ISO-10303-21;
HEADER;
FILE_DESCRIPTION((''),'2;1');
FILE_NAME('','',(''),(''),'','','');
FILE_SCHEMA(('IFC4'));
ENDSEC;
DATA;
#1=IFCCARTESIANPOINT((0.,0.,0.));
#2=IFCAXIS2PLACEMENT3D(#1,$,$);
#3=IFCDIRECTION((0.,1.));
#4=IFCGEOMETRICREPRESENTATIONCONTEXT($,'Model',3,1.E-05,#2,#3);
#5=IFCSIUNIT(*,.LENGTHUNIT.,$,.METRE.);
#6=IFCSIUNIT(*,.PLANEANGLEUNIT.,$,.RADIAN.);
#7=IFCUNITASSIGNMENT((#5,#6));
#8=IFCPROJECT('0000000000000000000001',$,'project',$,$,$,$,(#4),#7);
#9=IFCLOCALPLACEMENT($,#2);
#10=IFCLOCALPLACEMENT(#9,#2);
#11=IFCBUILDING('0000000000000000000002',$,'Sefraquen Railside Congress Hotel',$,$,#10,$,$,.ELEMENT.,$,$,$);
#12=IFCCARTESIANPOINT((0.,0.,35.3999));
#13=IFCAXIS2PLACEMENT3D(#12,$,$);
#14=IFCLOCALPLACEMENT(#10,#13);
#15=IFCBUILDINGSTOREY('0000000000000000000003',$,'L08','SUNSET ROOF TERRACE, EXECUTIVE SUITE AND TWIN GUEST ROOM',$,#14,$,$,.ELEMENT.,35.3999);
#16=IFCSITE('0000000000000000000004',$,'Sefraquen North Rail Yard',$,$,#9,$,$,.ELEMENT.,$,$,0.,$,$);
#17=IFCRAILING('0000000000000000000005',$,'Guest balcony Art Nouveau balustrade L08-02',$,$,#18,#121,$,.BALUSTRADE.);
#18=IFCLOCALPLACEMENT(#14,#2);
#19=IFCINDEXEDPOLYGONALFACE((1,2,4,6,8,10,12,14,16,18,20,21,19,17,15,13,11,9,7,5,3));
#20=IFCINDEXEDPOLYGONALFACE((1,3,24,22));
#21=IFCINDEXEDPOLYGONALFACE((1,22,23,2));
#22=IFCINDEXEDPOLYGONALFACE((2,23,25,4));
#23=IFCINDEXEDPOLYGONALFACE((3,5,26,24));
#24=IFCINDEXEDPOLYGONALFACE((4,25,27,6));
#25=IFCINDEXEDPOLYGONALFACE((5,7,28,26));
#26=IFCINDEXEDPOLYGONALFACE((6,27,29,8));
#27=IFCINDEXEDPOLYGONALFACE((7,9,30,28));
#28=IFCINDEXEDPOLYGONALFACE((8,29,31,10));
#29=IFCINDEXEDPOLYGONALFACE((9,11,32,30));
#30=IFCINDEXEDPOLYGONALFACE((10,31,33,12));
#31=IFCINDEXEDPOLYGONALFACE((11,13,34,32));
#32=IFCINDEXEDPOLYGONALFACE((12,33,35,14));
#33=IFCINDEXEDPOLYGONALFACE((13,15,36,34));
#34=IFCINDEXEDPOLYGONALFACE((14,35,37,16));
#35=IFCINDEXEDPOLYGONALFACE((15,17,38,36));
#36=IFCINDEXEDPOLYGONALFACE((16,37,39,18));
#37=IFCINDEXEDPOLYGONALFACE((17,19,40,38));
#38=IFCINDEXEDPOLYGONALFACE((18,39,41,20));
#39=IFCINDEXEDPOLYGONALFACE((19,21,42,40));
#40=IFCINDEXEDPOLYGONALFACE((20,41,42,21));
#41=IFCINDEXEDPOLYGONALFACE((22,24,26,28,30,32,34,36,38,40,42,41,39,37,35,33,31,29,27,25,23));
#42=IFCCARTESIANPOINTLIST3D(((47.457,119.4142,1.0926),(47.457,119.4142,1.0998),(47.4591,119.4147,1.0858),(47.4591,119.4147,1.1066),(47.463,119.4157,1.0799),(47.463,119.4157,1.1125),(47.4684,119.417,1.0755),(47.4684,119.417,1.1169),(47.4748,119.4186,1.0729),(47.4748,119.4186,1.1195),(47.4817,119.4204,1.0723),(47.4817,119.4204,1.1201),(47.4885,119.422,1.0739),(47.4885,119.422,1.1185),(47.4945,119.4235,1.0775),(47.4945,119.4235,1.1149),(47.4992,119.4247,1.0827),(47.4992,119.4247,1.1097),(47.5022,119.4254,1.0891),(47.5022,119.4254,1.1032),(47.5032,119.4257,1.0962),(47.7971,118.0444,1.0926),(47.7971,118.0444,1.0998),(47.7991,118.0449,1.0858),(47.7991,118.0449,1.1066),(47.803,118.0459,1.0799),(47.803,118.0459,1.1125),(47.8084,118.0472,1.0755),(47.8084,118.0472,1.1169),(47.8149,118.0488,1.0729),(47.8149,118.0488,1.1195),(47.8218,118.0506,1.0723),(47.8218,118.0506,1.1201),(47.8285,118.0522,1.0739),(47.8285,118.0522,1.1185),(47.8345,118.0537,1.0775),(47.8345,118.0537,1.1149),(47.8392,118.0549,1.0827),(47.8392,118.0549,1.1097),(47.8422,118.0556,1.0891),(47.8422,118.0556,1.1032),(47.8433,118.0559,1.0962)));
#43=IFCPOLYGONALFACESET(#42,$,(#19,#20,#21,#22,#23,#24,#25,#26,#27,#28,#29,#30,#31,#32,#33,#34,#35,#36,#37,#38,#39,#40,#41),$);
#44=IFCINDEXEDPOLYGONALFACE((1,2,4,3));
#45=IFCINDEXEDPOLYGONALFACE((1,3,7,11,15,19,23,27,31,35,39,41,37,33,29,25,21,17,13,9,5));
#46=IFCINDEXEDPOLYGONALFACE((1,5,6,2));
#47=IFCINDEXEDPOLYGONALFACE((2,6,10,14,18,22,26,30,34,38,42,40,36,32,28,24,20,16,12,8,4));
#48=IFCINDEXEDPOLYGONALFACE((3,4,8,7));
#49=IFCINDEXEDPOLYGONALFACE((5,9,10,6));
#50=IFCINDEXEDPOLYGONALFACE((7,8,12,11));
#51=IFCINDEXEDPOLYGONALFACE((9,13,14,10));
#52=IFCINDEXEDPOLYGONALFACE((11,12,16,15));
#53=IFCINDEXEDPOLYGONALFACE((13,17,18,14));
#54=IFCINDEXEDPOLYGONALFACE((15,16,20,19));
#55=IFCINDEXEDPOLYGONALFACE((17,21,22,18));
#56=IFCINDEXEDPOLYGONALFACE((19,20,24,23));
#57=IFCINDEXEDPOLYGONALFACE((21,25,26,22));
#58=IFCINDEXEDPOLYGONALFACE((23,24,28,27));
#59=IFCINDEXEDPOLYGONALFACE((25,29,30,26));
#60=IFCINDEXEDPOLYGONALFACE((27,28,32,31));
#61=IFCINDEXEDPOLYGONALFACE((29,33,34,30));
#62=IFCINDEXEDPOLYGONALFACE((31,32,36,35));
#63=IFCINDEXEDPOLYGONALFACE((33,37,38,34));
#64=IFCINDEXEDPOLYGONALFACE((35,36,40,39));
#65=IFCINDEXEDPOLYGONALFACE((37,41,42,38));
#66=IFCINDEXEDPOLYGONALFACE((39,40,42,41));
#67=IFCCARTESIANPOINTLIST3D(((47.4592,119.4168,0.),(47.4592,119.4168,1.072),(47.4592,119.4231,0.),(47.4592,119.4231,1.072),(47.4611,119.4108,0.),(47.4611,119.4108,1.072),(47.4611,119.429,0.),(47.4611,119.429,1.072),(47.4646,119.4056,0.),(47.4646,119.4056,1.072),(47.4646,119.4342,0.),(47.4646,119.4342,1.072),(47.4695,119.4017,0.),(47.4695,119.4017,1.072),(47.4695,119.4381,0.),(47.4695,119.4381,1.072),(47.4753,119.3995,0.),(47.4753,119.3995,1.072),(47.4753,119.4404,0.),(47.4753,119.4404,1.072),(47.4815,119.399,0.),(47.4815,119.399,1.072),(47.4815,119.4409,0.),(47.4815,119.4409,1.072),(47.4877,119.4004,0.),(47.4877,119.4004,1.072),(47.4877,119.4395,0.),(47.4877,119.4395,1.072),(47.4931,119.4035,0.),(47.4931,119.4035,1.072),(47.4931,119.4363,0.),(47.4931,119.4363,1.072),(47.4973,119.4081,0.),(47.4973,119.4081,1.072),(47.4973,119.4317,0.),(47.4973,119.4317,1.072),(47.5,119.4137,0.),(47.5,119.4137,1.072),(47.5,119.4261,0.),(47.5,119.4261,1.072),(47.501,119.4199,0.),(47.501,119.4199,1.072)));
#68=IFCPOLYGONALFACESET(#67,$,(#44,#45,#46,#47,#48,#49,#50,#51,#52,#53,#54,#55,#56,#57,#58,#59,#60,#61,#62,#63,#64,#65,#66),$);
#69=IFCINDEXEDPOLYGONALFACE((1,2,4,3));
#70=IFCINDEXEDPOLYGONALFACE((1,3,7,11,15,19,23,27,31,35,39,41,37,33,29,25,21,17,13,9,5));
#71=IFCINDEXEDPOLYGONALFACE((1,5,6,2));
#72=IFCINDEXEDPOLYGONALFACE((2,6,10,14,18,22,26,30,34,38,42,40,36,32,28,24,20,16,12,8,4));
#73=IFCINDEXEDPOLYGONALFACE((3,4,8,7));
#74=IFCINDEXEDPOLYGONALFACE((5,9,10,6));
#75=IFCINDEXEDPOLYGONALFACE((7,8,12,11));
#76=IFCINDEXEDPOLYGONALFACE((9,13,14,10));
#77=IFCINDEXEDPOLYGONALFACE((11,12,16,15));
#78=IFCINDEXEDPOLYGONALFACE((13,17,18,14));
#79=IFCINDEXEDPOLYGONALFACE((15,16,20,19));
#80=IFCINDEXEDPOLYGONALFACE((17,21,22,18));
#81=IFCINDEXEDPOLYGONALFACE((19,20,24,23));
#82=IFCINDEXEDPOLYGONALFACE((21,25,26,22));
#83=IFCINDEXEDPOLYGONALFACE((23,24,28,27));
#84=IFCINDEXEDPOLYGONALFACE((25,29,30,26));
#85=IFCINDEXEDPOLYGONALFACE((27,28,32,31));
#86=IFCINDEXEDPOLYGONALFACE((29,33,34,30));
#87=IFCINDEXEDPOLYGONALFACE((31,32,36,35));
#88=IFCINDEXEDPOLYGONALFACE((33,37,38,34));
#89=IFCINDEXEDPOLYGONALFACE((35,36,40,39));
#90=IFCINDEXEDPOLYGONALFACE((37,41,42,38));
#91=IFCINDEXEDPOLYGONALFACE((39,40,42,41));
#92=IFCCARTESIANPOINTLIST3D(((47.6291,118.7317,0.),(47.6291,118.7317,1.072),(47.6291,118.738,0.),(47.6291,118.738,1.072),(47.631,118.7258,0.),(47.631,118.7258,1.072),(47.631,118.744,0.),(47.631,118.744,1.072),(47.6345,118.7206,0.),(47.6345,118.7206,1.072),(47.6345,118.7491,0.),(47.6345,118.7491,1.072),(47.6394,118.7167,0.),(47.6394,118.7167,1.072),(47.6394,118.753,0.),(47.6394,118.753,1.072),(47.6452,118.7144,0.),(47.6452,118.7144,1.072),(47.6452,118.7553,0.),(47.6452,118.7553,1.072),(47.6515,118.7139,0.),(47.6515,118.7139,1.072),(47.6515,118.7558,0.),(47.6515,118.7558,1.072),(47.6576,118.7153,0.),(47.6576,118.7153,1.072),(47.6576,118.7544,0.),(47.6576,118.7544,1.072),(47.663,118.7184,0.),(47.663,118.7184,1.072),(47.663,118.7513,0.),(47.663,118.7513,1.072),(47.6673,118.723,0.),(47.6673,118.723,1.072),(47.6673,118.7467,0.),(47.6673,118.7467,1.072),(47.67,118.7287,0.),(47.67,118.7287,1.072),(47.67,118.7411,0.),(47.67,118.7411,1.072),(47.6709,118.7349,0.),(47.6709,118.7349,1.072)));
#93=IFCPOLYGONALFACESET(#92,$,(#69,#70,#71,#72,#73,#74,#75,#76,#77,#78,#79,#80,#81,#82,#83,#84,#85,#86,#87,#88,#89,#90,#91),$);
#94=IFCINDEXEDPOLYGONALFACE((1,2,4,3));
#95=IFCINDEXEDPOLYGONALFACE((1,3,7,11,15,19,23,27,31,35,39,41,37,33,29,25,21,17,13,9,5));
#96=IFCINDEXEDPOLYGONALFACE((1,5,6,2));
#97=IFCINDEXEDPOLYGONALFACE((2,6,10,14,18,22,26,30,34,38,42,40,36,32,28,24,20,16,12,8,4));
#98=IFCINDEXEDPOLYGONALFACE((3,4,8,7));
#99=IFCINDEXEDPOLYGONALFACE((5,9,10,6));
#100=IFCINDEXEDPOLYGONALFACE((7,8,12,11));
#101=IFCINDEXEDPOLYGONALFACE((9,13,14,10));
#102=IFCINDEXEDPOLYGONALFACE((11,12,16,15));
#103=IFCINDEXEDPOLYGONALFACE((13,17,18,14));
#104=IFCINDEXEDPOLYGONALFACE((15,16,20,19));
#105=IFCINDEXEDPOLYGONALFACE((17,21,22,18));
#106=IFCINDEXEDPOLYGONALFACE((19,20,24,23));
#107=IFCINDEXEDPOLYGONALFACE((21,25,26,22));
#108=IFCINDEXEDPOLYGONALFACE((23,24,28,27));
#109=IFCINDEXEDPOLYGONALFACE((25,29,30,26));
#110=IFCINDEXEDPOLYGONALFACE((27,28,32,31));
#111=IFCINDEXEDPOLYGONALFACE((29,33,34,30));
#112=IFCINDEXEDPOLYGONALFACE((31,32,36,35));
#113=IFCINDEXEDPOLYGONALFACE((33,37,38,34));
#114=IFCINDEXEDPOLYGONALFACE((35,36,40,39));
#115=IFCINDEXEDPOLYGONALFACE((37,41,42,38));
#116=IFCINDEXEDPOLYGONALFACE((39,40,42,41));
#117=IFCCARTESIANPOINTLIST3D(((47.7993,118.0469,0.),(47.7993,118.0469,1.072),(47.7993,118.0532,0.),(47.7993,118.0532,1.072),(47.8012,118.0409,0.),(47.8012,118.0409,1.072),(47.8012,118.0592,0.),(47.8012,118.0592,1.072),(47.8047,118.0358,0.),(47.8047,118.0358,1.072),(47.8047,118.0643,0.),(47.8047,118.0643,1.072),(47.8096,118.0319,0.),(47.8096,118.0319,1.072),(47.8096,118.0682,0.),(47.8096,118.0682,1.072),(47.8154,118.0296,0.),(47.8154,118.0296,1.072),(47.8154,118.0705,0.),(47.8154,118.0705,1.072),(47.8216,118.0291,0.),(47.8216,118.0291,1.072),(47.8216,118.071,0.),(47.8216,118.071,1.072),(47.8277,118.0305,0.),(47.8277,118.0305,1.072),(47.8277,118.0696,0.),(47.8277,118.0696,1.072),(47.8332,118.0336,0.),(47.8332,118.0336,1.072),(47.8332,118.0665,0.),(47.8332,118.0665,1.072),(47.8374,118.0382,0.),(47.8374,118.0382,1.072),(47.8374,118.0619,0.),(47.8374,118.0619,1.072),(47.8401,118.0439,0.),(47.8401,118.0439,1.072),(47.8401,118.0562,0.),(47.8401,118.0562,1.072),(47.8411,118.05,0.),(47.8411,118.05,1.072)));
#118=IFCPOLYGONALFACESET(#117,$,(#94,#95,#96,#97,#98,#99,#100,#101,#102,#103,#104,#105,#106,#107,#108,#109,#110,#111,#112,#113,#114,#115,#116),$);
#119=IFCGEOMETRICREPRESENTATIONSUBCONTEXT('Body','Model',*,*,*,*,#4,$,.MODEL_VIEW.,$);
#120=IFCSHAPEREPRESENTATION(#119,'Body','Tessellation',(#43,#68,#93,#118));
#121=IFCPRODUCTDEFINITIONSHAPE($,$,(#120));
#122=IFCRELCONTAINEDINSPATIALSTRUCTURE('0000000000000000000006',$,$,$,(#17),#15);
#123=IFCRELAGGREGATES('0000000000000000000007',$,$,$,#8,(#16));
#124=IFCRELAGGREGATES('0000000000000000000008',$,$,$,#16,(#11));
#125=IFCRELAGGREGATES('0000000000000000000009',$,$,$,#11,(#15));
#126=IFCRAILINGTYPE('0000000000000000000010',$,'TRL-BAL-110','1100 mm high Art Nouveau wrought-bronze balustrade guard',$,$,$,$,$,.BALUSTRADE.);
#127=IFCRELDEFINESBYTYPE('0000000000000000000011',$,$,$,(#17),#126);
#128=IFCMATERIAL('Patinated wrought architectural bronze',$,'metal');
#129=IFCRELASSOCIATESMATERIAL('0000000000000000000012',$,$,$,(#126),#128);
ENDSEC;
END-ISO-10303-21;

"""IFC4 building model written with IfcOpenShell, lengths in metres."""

from ifc_helpers import new_model, si_unit, direction, frame, origin, origin_2d, place, context, subcontext, project, spatial, circle, extrude, material, type_object, element, save


model = new_model("IFC4")

# Units and contexts
model_context = context("Model", 3, precision=1e-05, world=origin(), true_north=direction((0.0, 1.0)))
body_context = subcontext(model_context, "Body", "Model", "MODEL_VIEW")
ifc_project = project(units=[si_unit("LENGTHUNIT", "METRE"), si_unit("PLANEANGLEUNIT", "RADIAN")], contexts=[model_context])

# Site, building, storey
site_placement = place(None, origin())
site = spatial("IfcSite", under=ifc_project, at=site_placement, Name="Sefraquen North Rail Yard", CompositionType="ELEMENT", RefElevation=0.0)
building_placement = place(site_placement, origin())
building = spatial("IfcBuilding", under=site, at=building_placement, Name="Sefraquen Railside Congress Hotel", CompositionType="ELEMENT")
storey_placement = place(building_placement, frame((0.0, 0.0, 35.3999)))
storey = spatial("IfcBuildingStorey", under=building, at=storey_placement, Name="L08", Description="SUNSET ROOF TERRACE, EXECUTIVE SUITE AND TWIN GUEST ROOM", CompositionType="ELEMENT", Elevation=35.3999)

# Railing
ifc_material_1 = material(Name="Patinated wrought architectural bronze", Category="metal")
railing_type = type_object("IfcRailingType", Name="TRL-BAL-110", Description="1100 mm high Art Nouveau wrought-bronze balustrade guard", PredefinedType="BALUSTRADE", material=ifc_material_1)
railing_1_placement = place(storey_placement, frame((47.48, 119.4199, 0.0)))
element("IfcRailing", 1, at=railing_1_placement, inside=storey, type_object=railing_type, Name="Guest balcony Art Nouveau balustrade L08-02", PredefinedType="BALUSTRADE", context=body_context, shape_type="SweptSolid", body=[
    extrude(circle(Radius=0.0239, at=origin_2d()), frame((0.0, 0.0, 1.0962), z_axis=(0.240948, -0.970538, 0.0), x_axis=(0.970538, 0.240948, 0.0)), (0.0, 0.0, 1.0), 1.4114),
    extrude(circle(Radius=0.021, at=origin_2d()), origin(), (0.0, 0.0, 1.0), 1.072),
    extrude(circle(Radius=0.021, at=origin_2d()), frame((0.1699, -0.6851, 0.0)), (0.0, 0.0, 1.0), 1.072),
    extrude(circle(Radius=0.021, at=origin_2d()), frame((0.3401, -1.3699, 0.0)), (0.0, 0.0, 1.0), 1.072),
])

save(model, "model.ifc")
